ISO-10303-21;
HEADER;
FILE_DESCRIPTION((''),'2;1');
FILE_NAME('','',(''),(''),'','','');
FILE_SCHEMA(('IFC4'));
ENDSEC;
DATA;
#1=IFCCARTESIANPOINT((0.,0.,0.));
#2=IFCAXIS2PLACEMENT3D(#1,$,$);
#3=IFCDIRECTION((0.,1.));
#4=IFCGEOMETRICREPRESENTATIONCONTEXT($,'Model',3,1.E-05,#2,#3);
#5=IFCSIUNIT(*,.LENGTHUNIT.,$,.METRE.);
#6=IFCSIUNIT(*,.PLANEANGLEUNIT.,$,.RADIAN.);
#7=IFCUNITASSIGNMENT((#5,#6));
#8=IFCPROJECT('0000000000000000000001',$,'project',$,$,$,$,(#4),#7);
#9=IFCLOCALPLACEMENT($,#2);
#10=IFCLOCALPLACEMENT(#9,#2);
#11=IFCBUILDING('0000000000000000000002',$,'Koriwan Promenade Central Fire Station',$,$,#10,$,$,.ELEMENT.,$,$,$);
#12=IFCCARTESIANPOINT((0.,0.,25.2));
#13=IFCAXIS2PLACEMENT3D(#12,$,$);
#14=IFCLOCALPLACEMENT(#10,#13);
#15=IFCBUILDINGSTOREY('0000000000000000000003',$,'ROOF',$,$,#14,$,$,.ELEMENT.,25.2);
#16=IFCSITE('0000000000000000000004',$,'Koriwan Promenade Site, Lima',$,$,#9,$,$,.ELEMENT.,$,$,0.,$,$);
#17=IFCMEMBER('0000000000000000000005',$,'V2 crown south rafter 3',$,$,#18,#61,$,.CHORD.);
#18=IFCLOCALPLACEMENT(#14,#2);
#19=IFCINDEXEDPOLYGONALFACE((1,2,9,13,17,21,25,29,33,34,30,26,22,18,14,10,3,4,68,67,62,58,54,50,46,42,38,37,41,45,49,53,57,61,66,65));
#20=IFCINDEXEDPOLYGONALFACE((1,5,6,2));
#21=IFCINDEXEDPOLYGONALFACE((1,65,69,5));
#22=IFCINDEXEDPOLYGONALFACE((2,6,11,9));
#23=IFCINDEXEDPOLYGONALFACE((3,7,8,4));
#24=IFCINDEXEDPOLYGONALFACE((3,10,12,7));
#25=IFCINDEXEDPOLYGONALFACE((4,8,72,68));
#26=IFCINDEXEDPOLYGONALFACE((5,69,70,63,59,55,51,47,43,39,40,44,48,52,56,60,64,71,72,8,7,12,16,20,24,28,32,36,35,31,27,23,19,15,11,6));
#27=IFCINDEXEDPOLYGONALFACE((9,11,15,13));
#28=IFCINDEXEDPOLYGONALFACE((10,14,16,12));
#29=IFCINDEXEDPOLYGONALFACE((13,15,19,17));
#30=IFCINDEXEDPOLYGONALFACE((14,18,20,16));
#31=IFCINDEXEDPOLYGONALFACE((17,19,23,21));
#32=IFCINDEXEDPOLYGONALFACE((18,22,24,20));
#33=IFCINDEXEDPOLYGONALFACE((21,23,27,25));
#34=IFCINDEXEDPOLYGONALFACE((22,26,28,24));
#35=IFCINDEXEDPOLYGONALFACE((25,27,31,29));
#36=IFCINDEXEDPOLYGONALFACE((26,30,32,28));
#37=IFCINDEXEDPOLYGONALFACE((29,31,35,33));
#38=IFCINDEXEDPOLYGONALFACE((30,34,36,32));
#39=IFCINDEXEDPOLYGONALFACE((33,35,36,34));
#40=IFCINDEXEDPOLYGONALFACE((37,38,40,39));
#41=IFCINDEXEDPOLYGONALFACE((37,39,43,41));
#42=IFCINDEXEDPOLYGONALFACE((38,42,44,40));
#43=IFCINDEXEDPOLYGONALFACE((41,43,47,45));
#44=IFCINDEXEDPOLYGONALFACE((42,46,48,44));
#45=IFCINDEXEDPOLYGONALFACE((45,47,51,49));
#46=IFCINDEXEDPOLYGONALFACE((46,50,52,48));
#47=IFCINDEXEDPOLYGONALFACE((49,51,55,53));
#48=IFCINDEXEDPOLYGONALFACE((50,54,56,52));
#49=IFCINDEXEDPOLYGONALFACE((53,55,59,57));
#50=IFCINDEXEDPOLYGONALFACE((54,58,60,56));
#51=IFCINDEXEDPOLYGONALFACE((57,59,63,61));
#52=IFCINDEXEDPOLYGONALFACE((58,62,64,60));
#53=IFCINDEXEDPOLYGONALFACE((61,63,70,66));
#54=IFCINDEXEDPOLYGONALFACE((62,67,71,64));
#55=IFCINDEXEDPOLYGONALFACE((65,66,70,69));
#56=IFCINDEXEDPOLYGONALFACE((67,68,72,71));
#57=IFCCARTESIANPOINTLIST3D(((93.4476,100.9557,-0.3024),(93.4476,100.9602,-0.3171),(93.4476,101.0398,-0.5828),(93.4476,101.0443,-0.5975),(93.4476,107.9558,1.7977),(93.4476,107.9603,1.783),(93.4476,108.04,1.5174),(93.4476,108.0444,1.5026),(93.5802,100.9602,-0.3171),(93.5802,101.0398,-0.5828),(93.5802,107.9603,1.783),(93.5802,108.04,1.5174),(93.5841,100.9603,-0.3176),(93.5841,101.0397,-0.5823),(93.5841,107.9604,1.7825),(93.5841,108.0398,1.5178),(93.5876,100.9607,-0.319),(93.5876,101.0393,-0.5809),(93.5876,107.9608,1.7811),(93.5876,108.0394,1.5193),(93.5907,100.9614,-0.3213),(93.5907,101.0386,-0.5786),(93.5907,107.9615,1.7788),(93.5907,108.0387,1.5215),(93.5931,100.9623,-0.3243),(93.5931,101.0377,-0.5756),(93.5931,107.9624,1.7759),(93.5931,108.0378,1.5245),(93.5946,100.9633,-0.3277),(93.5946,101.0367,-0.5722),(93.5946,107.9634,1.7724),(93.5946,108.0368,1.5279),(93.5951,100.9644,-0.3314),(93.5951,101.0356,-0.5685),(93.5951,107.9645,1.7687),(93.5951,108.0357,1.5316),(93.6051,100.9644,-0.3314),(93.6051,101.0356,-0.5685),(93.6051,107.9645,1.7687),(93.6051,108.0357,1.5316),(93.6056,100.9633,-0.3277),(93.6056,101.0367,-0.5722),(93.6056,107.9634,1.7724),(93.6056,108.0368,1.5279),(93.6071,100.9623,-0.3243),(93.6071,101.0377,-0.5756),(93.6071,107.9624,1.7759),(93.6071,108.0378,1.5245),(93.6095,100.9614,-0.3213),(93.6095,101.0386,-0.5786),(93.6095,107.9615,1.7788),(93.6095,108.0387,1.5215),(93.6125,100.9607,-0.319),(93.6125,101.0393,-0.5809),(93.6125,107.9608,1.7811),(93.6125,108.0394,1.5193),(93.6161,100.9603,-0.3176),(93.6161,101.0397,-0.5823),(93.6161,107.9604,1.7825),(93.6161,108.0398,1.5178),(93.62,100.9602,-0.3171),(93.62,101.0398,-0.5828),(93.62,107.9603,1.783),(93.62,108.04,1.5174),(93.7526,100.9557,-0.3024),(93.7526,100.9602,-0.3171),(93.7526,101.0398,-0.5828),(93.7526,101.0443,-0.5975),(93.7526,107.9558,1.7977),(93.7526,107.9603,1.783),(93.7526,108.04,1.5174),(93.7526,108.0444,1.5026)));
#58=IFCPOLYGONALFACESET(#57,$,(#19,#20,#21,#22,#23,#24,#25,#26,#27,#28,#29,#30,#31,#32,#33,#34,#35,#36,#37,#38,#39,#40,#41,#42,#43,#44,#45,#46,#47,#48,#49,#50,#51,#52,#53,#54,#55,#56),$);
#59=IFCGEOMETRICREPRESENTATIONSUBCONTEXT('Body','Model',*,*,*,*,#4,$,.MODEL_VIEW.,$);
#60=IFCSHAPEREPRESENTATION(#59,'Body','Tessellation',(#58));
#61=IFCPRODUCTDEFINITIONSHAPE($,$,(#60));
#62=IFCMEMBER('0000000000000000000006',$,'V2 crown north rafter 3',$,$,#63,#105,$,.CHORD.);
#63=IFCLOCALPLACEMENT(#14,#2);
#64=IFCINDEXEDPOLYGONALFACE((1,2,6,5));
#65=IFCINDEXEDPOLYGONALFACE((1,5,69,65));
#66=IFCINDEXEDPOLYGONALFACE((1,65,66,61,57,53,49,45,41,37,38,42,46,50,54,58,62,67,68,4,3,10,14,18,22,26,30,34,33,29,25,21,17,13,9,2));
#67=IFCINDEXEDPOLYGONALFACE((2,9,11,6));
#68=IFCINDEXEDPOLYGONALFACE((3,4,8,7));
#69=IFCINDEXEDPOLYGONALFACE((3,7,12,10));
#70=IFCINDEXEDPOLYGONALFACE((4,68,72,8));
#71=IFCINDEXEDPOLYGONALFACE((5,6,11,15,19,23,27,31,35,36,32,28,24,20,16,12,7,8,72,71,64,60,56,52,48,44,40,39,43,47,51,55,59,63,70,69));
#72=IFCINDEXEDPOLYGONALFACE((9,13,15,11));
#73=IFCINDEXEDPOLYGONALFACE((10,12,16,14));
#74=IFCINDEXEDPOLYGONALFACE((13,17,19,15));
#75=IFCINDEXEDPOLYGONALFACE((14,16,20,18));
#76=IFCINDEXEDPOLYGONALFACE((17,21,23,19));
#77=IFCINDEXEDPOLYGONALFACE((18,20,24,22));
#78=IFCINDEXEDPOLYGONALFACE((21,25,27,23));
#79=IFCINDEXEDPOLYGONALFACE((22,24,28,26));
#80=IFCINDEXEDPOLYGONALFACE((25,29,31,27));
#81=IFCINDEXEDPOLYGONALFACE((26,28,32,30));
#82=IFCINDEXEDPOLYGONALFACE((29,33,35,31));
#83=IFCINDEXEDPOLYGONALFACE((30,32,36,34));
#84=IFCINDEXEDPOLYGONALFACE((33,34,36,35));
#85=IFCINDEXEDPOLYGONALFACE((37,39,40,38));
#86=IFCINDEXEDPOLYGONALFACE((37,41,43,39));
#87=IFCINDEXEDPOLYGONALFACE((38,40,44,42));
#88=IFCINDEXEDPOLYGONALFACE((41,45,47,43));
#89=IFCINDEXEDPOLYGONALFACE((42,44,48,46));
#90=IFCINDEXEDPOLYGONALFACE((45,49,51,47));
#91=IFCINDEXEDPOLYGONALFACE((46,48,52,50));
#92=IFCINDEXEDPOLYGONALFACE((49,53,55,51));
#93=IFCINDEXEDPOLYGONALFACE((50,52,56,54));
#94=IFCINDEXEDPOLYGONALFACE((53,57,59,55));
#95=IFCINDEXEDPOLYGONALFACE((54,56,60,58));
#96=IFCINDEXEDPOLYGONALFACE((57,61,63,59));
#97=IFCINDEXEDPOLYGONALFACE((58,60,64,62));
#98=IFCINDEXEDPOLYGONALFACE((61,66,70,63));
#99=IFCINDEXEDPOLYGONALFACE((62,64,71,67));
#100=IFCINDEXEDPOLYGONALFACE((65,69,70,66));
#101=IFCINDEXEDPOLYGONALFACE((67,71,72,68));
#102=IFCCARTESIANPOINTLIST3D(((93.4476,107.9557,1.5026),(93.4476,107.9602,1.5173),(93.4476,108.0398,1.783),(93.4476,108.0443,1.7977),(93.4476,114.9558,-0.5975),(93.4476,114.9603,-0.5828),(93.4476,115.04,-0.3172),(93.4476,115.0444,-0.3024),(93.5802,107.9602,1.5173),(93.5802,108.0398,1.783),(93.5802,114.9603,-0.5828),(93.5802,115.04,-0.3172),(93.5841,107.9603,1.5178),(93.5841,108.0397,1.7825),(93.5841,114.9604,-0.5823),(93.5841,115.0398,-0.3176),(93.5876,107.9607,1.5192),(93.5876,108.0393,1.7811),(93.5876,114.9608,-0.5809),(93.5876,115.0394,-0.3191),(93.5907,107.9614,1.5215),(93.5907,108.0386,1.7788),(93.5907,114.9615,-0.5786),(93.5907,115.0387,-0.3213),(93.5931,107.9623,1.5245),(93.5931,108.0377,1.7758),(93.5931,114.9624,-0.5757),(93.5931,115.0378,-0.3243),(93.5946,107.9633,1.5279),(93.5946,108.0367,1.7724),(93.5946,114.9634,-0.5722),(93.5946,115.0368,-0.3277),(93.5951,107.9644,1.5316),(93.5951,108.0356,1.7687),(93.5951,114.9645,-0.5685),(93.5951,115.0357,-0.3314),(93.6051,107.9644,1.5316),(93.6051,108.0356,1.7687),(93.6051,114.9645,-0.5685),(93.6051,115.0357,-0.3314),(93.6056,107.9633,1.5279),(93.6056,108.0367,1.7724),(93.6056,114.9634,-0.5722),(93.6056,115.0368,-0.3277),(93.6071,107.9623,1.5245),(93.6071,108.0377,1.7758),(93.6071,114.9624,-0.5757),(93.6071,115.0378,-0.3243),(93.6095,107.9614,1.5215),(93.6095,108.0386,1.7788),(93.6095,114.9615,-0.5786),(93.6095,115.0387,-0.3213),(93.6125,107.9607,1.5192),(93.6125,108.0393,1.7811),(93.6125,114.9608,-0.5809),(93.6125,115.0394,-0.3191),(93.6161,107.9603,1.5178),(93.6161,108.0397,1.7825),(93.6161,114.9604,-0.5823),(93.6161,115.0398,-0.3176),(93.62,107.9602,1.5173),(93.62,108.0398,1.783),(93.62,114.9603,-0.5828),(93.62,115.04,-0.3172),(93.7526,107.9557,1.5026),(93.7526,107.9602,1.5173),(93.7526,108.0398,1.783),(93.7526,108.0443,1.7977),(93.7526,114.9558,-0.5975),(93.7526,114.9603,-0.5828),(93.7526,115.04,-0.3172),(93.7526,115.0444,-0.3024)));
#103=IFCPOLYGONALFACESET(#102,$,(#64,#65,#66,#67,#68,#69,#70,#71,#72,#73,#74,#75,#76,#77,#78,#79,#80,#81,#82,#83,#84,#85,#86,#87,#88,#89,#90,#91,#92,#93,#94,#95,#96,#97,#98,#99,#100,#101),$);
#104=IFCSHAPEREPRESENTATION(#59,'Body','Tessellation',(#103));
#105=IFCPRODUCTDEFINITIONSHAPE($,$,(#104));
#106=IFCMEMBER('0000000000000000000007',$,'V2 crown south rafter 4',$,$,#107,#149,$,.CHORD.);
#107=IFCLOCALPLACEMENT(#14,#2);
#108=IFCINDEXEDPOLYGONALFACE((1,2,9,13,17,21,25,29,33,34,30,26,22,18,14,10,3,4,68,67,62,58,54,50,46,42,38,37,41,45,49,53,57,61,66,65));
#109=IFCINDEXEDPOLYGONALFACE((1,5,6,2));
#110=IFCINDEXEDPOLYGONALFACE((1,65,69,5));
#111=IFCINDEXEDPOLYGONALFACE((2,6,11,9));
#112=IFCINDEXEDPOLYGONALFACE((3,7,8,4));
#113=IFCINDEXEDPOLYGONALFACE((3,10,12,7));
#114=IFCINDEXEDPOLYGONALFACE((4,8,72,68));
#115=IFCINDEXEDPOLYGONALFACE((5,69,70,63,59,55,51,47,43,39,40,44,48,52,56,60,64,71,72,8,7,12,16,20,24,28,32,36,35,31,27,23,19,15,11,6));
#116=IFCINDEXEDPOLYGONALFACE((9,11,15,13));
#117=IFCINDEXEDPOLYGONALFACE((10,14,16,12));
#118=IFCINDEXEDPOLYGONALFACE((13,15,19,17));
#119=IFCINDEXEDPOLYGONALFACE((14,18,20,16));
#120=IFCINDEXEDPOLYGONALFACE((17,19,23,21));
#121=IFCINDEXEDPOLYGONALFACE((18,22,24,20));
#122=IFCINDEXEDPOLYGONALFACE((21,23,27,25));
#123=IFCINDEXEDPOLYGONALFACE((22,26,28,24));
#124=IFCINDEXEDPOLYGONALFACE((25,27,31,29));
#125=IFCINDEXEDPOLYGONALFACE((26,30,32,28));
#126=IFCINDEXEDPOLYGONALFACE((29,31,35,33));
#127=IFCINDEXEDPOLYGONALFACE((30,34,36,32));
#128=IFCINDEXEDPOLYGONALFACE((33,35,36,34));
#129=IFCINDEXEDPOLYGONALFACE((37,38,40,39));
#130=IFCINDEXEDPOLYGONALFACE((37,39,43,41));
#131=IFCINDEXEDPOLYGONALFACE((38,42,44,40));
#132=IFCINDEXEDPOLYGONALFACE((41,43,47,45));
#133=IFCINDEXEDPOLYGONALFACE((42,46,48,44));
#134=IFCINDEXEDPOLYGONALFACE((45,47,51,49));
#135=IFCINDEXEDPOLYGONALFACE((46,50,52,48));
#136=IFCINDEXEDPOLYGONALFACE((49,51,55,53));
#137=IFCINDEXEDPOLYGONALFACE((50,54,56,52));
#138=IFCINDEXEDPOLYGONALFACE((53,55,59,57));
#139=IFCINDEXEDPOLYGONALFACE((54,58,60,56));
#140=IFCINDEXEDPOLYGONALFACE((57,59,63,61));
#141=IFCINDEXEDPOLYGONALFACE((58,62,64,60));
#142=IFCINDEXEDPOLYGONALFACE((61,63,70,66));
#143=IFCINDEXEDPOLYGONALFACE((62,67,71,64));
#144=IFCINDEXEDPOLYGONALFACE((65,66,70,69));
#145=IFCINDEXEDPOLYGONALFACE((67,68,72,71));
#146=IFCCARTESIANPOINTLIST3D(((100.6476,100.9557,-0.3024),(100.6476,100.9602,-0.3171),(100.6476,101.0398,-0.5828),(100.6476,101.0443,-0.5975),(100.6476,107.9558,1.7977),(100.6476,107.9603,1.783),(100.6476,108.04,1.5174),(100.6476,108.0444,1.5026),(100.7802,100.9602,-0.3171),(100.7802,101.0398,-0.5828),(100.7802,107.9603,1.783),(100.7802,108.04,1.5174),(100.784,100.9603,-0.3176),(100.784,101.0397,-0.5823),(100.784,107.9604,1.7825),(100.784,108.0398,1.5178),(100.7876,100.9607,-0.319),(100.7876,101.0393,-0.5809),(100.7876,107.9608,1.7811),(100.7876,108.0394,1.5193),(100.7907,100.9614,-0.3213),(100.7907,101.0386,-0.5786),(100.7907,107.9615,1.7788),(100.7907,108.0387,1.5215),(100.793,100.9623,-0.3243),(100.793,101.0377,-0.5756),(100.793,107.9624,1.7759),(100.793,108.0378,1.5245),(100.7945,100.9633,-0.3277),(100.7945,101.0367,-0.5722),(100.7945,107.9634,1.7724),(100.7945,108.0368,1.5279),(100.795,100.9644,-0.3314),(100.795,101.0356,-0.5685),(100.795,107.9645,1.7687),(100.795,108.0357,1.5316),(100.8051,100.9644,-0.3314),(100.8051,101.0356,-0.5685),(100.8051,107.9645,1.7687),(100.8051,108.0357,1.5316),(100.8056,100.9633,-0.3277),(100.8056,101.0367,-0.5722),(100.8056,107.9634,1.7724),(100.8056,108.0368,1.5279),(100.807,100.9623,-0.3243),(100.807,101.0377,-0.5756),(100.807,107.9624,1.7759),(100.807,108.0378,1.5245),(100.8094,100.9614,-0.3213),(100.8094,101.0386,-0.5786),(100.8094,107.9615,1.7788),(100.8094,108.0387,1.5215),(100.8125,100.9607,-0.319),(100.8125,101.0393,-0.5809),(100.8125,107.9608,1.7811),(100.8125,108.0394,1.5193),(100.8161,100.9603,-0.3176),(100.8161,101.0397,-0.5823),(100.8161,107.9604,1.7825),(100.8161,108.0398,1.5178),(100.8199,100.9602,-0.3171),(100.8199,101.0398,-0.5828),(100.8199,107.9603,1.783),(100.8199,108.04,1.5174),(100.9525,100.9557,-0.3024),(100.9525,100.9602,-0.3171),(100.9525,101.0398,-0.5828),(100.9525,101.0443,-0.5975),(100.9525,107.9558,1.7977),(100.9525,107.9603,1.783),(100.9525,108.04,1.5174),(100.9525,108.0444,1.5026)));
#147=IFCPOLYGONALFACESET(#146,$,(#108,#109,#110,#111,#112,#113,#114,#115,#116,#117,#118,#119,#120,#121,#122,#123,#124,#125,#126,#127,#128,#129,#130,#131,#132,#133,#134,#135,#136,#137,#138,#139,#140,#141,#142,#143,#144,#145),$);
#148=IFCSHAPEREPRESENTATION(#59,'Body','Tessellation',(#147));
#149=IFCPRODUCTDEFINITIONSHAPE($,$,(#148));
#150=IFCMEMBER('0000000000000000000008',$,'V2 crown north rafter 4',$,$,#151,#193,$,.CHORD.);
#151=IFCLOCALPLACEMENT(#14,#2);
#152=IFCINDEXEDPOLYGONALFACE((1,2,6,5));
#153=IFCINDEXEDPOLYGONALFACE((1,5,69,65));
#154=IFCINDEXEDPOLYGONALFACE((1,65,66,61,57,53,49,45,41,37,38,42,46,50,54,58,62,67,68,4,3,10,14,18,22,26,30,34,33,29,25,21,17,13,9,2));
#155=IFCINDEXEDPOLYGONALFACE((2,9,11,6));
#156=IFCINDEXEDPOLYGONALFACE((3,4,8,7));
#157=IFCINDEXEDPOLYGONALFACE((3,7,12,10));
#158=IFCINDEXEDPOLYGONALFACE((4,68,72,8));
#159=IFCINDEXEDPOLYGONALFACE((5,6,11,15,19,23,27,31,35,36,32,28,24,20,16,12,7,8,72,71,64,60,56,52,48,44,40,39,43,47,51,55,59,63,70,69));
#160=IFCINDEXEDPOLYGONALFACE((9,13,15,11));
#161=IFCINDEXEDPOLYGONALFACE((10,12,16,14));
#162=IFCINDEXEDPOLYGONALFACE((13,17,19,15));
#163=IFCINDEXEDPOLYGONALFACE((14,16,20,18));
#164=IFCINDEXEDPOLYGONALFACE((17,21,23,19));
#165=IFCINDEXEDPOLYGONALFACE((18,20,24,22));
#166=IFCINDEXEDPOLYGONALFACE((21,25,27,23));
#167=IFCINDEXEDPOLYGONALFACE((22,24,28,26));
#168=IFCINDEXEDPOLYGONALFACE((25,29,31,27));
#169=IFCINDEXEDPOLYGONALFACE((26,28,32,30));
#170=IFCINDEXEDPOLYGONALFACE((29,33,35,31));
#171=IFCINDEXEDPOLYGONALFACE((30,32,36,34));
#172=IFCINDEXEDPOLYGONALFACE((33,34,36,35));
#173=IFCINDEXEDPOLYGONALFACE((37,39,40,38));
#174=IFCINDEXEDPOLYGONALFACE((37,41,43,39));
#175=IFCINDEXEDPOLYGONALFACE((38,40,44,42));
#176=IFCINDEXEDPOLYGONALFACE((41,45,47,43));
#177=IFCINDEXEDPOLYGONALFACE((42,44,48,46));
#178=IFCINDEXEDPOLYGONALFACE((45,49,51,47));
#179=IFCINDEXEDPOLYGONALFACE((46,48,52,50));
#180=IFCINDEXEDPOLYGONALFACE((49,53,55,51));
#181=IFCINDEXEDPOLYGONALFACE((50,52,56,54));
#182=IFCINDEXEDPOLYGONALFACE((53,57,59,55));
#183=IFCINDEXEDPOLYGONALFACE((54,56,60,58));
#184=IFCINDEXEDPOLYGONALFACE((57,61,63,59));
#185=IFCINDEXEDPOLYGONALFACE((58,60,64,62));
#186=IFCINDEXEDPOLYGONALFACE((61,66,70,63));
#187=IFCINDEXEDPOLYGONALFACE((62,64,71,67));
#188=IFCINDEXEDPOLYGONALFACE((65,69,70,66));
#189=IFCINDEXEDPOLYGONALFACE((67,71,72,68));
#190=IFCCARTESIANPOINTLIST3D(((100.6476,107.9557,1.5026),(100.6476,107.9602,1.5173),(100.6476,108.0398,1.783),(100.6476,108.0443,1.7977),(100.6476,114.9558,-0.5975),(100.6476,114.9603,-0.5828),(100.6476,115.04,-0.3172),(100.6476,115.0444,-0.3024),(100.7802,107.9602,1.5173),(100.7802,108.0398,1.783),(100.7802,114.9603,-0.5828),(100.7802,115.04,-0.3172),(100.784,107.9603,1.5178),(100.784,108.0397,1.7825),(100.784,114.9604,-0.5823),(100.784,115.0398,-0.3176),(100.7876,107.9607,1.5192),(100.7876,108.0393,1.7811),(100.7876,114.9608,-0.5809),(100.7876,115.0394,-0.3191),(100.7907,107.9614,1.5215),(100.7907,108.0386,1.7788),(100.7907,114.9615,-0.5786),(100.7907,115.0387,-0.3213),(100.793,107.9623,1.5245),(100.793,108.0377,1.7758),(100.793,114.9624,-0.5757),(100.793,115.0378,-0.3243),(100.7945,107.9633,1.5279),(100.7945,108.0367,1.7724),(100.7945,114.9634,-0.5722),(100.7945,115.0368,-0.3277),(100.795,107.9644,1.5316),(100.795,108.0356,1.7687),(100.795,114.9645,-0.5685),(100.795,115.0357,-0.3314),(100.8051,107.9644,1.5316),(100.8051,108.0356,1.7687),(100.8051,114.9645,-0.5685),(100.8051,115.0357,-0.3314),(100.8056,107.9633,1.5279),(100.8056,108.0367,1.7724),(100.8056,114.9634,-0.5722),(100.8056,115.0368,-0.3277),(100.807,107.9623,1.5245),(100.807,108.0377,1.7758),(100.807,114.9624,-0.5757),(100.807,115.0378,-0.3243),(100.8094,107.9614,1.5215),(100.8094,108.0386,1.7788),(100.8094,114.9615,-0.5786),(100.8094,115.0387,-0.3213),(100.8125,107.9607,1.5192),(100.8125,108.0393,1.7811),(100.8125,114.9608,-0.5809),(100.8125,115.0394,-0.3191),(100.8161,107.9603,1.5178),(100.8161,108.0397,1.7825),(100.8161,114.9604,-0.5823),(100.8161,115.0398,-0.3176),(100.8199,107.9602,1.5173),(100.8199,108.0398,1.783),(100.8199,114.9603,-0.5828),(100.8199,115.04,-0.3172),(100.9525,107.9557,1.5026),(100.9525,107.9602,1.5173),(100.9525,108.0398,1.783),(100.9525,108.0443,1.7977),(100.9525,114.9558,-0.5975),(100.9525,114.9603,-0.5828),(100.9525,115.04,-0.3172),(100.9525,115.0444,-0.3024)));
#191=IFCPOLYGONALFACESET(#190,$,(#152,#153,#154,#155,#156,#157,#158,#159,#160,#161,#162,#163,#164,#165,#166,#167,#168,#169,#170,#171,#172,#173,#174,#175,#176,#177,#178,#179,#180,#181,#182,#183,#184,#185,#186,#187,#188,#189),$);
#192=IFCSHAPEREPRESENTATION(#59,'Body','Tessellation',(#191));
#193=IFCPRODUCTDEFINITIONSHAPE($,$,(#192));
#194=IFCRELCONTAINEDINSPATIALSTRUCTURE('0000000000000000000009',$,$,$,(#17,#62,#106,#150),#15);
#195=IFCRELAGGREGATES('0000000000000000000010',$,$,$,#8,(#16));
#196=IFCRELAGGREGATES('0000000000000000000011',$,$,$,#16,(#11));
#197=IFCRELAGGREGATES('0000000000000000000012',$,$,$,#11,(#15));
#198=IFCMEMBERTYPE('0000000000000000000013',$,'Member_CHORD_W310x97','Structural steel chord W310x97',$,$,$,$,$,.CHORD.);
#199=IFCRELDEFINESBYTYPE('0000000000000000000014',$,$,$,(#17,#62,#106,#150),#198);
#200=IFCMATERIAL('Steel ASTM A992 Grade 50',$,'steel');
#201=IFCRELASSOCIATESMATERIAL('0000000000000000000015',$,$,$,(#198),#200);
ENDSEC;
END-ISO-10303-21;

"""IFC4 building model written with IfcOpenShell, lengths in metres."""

from ifc_helpers import new_model, si_unit, direction, frame, origin, origin_2d, place, context, subcontext, project, spatial, i_section, extrude, material, material_profile, profile_set, type_object, element, save


model = new_model("IFC4")

# Units and contexts
model_context = context("Model", 3, precision=1e-05, world=origin(), true_north=direction((0.0, 1.0)))
body_context = subcontext(model_context, "Body", "Model", "MODEL_VIEW")
ifc_project = project(units=[si_unit("LENGTHUNIT", "METRE"), si_unit("PLANEANGLEUNIT", "RADIAN")], contexts=[model_context])

# Site, building, storey
site_placement = place(None, origin())
site = spatial("IfcSite", under=ifc_project, at=site_placement, Name="Koriwan Promenade Site, Lima", CompositionType="ELEMENT", RefElevation=0.0)
building_placement = place(site_placement, origin())
building = spatial("IfcBuilding", under=site, at=building_placement, Name="Koriwan Promenade Central Fire Station", CompositionType="ELEMENT")
storey_placement = place(building_placement, frame((0.0, 0.0, 25.2)))
storey = spatial("IfcBuildingStorey", under=building, at=storey_placement, Name="ROOF", CompositionType="ELEMENT", Elevation=25.2)

# Members
ifc_material_1 = material(Name="Steel ASTM A992 Grade 50", Category="steel")
ifc_material_profile_1 = material_profile(ifc_material_1, i_section(OverallWidth=0.3049, OverallDepth=0.3081, WebThickness=0.01, FlangeThickness=0.0154, FilletRadius=0.0149, at=origin_2d()), Name="W310x97")
ifc_profile_set_1 = profile_set([ifc_material_profile_1], Name="Steel ASTM A992 Grade 50")
member_type_1 = type_object("IfcMemberType", Name="Member_CHORD_W310x97", Description="Structural steel chord W310x97", PredefinedType="CHORD", material=ifc_profile_set_1)
for number, where, z_axis, x_axis, name in (
    (1, (93.6001, 101.0, -0.45), (0.0, 0.957823, 0.28736), (-1.0, 0.0, 0.0), "V2 crown south rafter 3"),
    (2, (93.6001, 108.0, 1.6501), (0.0, 0.957823, -0.28736), (-1.0, 0.0, 0.0), "V2 crown north rafter 3"),
    (3, (100.8, 101.0, -0.45), (0.0, 0.957823, 0.28736), (-1.0, 0.0, 0.0), "V2 crown south rafter 4"),
    (4, (100.8, 108.0, 1.6501), (0.0, 0.957823, -0.28736), (-1.0, 0.0, 0.0), "V2 crown north rafter 4"),
):
    element("IfcMember", number, at=place(storey_placement, frame(where, z_axis=z_axis, x_axis=x_axis)), inside=storey, type_object=member_type_1, Name=name, PredefinedType="CHORD", context=body_context, shape_type="SweptSolid", body=[
        extrude(i_section(OverallWidth=0.3049, OverallDepth=0.3081, WebThickness=0.01, FlangeThickness=0.0154, FilletRadius=0.0149, at=origin_2d()), origin(), (0.0, 0.0, 1.0), 7.3083),
    ])

save(model, "model.ifc")
